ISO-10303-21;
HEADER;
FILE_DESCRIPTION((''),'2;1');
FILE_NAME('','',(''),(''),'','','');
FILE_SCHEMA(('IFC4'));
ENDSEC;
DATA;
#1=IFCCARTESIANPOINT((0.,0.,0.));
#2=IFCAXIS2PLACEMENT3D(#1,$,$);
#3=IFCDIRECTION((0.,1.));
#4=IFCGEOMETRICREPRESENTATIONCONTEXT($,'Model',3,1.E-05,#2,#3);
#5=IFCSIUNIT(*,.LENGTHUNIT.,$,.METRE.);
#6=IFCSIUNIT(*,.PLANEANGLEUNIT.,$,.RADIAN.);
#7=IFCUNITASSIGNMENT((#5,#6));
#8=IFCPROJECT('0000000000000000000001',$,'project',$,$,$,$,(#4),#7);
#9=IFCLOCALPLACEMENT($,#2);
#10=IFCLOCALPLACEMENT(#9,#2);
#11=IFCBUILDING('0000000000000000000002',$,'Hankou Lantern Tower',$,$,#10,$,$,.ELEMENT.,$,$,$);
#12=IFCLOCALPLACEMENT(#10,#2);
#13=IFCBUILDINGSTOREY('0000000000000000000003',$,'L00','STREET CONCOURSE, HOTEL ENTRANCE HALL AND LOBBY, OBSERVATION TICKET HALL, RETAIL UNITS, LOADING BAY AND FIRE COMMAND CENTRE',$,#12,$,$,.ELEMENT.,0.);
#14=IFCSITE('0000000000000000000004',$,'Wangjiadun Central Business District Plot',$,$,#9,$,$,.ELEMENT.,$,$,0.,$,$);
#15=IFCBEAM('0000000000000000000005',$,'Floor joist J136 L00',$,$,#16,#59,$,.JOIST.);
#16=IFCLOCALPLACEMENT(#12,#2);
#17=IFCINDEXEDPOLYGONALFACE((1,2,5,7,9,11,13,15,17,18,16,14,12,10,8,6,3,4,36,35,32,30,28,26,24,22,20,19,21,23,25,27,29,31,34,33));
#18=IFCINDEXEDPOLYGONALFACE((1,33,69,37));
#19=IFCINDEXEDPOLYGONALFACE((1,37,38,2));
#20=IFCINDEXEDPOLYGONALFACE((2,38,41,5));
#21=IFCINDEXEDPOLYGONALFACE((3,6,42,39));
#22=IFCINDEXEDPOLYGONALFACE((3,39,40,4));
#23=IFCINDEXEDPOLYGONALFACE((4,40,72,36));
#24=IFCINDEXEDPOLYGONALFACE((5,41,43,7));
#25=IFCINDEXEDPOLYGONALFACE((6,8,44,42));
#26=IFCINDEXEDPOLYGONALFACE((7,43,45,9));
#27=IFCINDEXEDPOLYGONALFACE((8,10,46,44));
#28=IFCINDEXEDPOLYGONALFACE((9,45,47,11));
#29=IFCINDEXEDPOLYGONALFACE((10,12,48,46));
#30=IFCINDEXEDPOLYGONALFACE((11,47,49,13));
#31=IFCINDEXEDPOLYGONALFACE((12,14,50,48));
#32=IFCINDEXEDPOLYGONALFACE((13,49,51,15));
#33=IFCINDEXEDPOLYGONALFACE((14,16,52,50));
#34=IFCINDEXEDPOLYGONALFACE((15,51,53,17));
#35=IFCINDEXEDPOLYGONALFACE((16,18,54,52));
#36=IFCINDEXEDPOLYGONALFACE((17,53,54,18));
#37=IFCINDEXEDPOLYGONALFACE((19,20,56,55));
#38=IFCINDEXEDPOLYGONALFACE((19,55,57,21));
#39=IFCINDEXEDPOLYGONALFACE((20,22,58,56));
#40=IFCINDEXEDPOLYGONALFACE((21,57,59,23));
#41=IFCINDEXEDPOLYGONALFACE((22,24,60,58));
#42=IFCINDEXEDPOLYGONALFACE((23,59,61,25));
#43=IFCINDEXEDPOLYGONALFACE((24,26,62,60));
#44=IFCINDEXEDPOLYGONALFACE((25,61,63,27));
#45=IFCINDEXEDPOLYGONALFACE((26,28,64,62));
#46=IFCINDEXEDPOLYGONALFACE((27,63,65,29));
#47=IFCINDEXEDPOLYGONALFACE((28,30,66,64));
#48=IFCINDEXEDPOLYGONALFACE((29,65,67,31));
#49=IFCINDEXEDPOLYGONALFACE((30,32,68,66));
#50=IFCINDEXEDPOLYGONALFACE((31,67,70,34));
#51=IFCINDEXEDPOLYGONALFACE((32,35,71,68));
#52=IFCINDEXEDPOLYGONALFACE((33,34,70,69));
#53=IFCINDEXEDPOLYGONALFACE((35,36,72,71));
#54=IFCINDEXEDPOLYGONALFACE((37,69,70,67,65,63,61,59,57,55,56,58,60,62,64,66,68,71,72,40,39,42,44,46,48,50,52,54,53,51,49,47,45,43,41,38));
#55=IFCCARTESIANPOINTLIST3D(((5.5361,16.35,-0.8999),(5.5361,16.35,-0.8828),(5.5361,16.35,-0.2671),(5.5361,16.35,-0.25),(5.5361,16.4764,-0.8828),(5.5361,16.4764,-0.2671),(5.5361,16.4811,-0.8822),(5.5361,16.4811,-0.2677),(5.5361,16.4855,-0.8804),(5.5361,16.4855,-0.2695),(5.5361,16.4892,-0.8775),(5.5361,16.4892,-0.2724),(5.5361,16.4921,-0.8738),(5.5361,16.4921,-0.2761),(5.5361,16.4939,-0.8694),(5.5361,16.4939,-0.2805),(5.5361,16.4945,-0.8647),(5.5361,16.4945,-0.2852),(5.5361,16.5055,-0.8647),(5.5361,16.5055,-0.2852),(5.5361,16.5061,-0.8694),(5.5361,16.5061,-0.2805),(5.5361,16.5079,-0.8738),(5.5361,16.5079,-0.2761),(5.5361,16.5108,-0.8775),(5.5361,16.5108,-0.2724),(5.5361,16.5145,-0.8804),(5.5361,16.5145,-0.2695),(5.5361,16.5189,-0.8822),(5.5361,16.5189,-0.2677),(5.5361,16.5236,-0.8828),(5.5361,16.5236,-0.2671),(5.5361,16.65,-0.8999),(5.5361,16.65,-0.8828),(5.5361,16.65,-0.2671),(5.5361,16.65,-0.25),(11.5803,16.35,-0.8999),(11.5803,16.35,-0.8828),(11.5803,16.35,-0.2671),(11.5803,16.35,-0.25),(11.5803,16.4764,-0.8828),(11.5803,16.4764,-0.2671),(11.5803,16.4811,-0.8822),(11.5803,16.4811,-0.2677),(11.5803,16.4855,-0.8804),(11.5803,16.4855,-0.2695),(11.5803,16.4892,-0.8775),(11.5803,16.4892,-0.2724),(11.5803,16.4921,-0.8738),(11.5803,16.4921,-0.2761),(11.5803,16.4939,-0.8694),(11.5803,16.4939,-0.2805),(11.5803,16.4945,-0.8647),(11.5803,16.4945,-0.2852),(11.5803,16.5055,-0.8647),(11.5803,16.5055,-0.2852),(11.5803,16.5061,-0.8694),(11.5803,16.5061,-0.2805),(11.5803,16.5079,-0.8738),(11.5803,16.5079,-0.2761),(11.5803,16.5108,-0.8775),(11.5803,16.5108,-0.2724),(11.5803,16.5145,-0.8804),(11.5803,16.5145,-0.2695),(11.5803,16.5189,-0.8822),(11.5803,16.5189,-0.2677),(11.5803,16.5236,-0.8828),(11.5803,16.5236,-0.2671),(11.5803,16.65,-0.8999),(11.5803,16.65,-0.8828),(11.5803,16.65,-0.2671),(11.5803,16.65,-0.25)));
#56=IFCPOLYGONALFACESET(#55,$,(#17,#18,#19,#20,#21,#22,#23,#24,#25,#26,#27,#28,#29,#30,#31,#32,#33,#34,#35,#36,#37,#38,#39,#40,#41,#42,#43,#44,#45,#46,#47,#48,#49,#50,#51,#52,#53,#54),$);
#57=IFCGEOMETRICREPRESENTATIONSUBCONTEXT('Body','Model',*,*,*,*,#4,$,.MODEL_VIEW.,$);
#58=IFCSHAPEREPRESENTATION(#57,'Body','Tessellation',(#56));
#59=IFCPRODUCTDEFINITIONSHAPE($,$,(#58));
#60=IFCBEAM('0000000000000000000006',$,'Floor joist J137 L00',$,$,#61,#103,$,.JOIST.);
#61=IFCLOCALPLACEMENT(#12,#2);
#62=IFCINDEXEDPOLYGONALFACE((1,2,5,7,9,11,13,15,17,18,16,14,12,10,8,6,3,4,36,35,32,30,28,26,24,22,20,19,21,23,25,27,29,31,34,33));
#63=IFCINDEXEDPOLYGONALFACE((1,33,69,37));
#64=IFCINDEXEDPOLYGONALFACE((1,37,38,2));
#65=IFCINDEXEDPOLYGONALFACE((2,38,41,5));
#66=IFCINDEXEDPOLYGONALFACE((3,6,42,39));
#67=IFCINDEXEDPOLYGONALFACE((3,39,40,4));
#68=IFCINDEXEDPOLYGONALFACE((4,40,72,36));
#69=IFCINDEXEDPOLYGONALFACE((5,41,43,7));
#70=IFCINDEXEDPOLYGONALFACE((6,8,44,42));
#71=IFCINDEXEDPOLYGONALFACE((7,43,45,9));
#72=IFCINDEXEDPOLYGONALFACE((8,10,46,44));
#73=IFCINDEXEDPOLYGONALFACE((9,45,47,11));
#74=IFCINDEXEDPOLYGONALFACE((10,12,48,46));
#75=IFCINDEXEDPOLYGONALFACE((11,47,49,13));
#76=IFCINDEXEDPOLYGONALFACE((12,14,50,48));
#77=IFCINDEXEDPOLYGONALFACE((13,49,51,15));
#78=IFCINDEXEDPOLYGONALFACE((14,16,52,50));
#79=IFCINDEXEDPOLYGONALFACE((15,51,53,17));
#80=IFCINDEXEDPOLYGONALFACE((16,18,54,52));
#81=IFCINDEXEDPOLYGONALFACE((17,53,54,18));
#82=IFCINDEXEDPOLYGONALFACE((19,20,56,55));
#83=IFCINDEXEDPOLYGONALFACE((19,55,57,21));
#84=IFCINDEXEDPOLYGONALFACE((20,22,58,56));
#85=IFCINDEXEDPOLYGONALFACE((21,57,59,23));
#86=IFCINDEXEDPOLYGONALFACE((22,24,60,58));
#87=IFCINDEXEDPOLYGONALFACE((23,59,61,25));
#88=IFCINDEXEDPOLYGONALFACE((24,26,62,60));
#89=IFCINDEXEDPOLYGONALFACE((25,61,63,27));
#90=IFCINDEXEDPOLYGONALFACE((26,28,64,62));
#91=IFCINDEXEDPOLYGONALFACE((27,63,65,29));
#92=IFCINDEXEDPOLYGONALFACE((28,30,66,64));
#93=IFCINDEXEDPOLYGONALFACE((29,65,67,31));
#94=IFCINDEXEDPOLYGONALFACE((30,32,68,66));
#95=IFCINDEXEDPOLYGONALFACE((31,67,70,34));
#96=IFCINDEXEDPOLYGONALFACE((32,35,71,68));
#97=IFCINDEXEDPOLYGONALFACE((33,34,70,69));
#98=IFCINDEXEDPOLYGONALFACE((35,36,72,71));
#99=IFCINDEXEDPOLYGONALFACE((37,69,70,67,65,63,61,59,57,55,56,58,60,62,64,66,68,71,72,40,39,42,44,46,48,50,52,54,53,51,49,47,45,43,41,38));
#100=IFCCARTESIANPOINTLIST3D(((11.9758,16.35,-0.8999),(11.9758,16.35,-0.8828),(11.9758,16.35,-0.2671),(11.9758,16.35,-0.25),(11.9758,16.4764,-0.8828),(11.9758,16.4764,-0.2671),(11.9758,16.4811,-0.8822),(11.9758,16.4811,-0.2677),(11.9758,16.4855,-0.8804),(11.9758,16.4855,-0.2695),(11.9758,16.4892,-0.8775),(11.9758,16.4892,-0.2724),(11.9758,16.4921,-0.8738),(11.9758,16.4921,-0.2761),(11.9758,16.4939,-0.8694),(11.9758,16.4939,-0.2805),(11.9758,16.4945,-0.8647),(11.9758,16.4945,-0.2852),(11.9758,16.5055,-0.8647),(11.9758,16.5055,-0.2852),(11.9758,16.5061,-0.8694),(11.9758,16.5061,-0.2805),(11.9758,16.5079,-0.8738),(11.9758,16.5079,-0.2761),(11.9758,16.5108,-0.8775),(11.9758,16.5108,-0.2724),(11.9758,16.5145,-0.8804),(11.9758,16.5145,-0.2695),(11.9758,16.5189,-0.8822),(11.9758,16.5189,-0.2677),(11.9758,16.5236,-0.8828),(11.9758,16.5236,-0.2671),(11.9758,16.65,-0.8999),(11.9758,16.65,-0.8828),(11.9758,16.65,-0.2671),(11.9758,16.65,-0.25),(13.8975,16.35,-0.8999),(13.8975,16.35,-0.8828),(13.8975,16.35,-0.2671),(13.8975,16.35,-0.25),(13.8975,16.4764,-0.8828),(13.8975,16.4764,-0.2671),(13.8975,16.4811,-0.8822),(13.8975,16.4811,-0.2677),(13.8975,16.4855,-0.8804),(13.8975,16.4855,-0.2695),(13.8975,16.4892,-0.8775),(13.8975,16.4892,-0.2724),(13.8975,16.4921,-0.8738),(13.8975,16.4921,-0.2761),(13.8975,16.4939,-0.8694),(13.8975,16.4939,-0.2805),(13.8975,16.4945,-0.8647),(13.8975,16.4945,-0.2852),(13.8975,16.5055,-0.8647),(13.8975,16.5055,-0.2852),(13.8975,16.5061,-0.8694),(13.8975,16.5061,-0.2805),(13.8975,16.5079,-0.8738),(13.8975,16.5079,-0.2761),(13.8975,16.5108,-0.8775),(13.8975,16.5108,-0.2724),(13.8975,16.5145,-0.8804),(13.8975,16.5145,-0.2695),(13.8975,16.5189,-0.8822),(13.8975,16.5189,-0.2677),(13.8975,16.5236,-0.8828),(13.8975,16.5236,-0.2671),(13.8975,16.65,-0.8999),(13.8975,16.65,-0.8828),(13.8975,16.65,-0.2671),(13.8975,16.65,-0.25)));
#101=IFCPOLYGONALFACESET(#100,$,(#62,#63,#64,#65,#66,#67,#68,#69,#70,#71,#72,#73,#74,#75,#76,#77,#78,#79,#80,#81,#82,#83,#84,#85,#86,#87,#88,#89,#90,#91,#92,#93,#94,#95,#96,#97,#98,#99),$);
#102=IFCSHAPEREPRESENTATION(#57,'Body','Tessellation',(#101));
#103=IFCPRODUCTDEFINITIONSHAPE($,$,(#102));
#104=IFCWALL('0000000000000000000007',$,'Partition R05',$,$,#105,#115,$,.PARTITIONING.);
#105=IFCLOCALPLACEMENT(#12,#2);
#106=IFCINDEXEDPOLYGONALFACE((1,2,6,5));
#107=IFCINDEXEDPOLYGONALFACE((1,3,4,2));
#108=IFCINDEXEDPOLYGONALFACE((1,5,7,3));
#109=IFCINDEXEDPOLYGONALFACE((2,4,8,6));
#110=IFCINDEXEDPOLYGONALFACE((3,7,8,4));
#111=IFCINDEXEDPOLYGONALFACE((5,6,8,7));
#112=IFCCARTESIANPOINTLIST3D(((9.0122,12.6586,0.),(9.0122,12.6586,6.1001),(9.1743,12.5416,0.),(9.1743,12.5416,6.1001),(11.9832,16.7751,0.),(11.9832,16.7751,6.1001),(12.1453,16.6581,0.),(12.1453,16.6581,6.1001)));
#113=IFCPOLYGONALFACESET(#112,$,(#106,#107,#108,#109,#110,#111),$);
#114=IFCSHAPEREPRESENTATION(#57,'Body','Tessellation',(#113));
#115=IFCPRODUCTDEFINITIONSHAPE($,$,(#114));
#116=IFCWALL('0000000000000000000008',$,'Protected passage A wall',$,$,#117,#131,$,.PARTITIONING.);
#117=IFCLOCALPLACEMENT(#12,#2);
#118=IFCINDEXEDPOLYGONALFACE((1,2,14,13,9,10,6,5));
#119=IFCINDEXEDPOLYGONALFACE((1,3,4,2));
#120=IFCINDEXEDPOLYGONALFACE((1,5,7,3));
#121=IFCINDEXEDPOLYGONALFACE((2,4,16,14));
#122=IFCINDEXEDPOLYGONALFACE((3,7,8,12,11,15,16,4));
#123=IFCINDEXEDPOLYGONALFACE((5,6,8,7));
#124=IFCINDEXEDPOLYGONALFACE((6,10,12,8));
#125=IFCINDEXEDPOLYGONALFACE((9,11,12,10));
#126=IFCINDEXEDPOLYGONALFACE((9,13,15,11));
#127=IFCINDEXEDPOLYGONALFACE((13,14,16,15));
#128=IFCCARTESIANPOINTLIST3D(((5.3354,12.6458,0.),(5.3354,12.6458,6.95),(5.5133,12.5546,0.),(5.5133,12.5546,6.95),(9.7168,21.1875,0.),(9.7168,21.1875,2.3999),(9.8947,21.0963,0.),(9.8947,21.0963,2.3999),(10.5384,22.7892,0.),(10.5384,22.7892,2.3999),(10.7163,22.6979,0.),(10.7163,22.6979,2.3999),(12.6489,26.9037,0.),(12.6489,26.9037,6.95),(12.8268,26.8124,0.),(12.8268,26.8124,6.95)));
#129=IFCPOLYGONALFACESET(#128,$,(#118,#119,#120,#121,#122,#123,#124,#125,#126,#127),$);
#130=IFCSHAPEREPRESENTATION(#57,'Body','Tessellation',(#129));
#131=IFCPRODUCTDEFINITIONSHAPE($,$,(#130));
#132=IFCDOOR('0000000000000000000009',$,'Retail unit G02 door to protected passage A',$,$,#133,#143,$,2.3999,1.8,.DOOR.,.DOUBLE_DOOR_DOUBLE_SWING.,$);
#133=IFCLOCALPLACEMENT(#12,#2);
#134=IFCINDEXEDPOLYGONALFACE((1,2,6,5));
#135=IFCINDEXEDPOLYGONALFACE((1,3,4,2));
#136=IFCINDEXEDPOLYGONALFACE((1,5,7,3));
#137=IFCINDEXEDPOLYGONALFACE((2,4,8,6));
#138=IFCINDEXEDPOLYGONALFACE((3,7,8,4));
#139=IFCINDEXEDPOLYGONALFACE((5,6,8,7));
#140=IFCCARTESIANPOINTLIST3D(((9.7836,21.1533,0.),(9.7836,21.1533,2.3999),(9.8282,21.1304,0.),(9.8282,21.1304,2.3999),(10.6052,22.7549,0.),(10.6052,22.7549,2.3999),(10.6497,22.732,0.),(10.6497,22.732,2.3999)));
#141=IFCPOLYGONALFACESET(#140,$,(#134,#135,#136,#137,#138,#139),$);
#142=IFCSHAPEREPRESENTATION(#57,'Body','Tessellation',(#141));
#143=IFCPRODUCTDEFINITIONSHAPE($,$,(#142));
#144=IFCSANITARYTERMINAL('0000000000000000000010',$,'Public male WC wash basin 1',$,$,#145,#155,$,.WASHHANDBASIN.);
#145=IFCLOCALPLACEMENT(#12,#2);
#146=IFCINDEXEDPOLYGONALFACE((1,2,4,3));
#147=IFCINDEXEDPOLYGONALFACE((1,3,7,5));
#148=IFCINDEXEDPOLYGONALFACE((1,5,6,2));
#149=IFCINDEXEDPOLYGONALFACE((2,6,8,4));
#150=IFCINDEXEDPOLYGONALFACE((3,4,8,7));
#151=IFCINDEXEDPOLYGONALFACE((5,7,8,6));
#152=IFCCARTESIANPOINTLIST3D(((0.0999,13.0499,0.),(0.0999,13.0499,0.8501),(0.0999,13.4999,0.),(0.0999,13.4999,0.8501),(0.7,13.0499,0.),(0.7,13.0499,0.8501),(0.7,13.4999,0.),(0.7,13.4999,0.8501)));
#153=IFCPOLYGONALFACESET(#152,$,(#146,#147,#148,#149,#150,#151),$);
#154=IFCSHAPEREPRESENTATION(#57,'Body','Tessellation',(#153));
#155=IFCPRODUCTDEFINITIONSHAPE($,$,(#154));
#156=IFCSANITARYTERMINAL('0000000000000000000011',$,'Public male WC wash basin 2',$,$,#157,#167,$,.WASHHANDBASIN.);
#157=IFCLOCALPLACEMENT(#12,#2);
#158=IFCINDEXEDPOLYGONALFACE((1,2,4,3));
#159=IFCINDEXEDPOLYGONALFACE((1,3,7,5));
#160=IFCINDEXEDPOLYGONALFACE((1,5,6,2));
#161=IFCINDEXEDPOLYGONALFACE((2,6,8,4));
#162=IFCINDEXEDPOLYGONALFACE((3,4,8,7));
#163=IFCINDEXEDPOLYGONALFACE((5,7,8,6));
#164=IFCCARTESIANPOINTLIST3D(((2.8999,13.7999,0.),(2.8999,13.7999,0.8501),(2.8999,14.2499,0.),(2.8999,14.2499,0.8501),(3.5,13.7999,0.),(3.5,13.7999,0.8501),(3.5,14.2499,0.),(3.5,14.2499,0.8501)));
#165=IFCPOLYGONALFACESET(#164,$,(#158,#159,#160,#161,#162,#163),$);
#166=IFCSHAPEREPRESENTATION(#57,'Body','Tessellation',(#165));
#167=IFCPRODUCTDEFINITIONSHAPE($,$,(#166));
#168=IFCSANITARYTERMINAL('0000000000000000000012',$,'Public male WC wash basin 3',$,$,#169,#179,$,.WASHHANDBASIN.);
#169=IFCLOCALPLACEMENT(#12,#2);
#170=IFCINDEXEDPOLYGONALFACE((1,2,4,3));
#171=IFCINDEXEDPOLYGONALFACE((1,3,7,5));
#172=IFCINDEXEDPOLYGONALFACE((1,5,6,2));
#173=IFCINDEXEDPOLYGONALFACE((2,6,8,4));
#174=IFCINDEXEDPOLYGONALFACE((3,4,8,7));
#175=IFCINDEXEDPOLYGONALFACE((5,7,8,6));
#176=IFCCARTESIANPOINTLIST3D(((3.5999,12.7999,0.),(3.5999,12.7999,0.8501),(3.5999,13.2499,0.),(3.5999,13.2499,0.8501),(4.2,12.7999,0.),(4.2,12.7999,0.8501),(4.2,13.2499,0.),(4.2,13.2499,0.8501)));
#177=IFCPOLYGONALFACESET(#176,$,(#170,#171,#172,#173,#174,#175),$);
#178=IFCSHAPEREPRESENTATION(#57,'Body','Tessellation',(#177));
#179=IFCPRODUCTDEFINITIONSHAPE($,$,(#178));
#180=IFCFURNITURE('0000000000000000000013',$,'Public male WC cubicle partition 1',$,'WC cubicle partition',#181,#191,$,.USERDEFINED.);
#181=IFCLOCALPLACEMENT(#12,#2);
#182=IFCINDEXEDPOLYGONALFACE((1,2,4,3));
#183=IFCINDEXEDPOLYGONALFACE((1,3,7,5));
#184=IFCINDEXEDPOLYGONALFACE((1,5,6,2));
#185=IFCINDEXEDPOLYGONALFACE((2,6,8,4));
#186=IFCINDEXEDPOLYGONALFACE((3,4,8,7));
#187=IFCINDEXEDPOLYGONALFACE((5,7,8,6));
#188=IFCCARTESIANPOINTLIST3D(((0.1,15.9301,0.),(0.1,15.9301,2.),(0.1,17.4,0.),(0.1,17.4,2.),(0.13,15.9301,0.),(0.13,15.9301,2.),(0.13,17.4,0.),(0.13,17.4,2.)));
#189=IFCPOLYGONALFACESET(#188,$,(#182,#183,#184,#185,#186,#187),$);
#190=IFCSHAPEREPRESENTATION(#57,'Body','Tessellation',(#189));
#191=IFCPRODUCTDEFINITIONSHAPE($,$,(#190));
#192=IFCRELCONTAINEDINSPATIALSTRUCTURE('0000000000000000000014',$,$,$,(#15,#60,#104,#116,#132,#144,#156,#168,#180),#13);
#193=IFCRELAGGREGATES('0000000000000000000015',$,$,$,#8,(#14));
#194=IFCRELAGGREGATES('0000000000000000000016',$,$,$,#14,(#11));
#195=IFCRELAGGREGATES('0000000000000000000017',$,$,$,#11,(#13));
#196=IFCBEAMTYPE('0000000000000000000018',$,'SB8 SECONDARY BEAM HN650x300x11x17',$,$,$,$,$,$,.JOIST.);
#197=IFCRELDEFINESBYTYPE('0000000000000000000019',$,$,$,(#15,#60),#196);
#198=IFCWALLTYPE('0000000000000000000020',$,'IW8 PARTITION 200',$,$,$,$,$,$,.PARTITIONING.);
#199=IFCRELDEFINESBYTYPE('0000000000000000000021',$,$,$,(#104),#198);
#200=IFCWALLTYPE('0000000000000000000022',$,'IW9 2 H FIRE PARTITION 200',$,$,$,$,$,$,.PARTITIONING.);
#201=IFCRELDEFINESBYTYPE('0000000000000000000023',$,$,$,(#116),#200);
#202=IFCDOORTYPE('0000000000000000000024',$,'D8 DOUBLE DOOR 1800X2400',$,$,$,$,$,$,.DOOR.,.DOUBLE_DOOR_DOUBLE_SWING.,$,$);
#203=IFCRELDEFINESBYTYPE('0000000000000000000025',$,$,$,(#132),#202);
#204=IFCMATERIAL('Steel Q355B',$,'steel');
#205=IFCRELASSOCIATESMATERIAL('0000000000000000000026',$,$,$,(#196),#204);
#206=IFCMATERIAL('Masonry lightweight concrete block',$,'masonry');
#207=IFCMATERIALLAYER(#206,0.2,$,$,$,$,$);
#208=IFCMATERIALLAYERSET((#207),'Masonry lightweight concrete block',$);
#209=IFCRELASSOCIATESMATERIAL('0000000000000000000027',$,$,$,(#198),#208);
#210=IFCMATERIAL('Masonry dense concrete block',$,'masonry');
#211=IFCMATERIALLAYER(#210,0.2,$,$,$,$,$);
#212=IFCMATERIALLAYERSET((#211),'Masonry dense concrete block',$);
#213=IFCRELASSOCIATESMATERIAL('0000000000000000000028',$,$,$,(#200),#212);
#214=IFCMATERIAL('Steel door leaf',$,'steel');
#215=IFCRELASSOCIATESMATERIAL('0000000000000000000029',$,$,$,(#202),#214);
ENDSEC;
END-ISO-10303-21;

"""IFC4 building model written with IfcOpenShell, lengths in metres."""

from ifc_helpers import new_model, si_unit, direction, frame, frame_2d, origin, origin_2d, place, context, subcontext, project, spatial, rectangle, i_section, extrude, material, layer, layer_set, material_profile, profile_set, type_object, element, fill, save


model = new_model("IFC4")

# Units and contexts
model_context = context("Model", 3, precision=1e-05, world=origin(), true_north=direction((0.0, 1.0)))
body_context = subcontext(model_context, "Body", "Model", "MODEL_VIEW")
ifc_project = project(units=[si_unit("LENGTHUNIT", "METRE"), si_unit("PLANEANGLEUNIT", "RADIAN")], contexts=[model_context])

# Site, building, storey
site_placement = place(None, origin())
site = spatial("IfcSite", under=ifc_project, at=site_placement, Name="Wangjiadun Central Business District Plot", CompositionType="ELEMENT", RefElevation=0.0)
building_placement = place(site_placement, origin())
building = spatial("IfcBuilding", under=site, at=building_placement, Name="Hankou Lantern Tower", CompositionType="ELEMENT")
storey_placement = place(building_placement, origin())
storey = spatial("IfcBuildingStorey", under=building, at=storey_placement, Name="L00", Description="STREET CONCOURSE, HOTEL ENTRANCE HALL AND LOBBY, OBSERVATION TICKET HALL, RETAIL UNITS, LOADING BAY AND FIRE COMMAND CENTRE", CompositionType="ELEMENT", Elevation=0.0)

# Beams
ifc_material_1 = material(Name="Steel Q355B", Category="steel")
ifc_material_profile = material_profile(ifc_material_1, i_section(OverallWidth=0.3, OverallDepth=0.6499, WebThickness=0.011, FlangeThickness=0.0171, FilletRadius=0.0181, at=origin_2d()), Name="HN650x300x11x17")
ifc_profile_set = profile_set([ifc_material_profile], Name="Steel Q355B")
beam_type = type_object("IfcBeamType", Name="SB8 SECONDARY BEAM HN650x300x11x17", PredefinedType="JOIST", material=ifc_profile_set)
beam_1_placement = place(storey_placement, frame((5.5361, 16.5, -0.575), z_axis=(1.0, 0.0, 0.0), x_axis=(0.0, 1.0, 0.0)))
element("IfcBeam", 1, at=beam_1_placement, inside=storey, type_object=beam_type, Name="Floor joist J136 L00", PredefinedType="JOIST", context=body_context, shape_type="SweptSolid", body=[
    extrude(i_section(OverallWidth=0.3, OverallDepth=0.6499, WebThickness=0.011, FlangeThickness=0.0171, FilletRadius=0.0181, at=origin_2d()), origin(), (0.0, 0.0, 1.0), 6.0442),
])
beam_2_placement = place(storey_placement, frame((11.9758, 16.5, -0.575), z_axis=(1.0, 0.0, 0.0), x_axis=(0.0, 1.0, 0.0)))
element("IfcBeam", 2, at=beam_2_placement, inside=storey, type_object=beam_type, Name="Floor joist J137 L00", PredefinedType="JOIST", context=body_context, shape_type="SweptSolid", body=[
    extrude(i_section(OverallWidth=0.3, OverallDepth=0.6499, WebThickness=0.011, FlangeThickness=0.0171, FilletRadius=0.0181, at=origin_2d()), origin(), (0.0, 0.0, 1.0), 1.9216),
])

# Wall
ifc_material_2 = material(Name="Masonry lightweight concrete block", Category="masonry")
ifc_layer_1 = layer(ifc_material_2, 0.2)
ifc_layer_set_1 = layer_set([ifc_layer_1], Name="Masonry lightweight concrete block")
wall_type_1 = type_object("IfcWallType", Name="IW8 PARTITION 200", PredefinedType="PARTITIONING", material=ifc_layer_set_1)
wall_1_placement = place(storey_placement, frame((9.0933, 12.6001, 0.0), z_axis=(0.0, 0.0, 1.0), x_axis=(0.585225, 0.810871, 0.0)))
element("IfcWall", 3, at=wall_1_placement, inside=storey, type_object=wall_type_1, Name="Partition R05", PredefinedType="PARTITIONING", context=body_context, shape_type="SweptSolid", body=[
    extrude(rectangle(XDim=5.0767, YDim=0.2, at=frame_2d((2.5383, 0.0))), origin(), (0.0, 0.0, 1.0), 6.1001),
])

# Wall, opening, door
ifc_material_3 = material(Name="Masonry dense concrete block", Category="masonry")
ifc_layer_2 = layer(ifc_material_3, 0.2)
ifc_layer_set_2 = layer_set([ifc_layer_2], Name="Masonry dense concrete block")
wall_type_2 = type_object("IfcWallType", Name="IW9 2 H FIRE PARTITION 200", PredefinedType="PARTITIONING", material=ifc_layer_set_2)
wall_2_placement = place(storey_placement, frame((5.4243, 12.6001, 0.0), z_axis=(0.0, 0.0, 1.0), x_axis=(0.456404, 0.889772, 0.0)))
wall_2 = element("IfcWall", 4, at=wall_2_placement, inside=storey, type_object=wall_type_2, Name="Protected passage A wall", PredefinedType="PARTITIONING", context=body_context, shape_type="SweptSolid", body=[
    extrude(rectangle(XDim=16.0242, YDim=0.2, at=frame_2d((8.0122, 0.0))), origin(), (0.0, 0.0, 1.0), 6.95),
])
opening_placement = place(wall_2_placement, frame((9.6001, 0.0, 0.0)))
opening = element("IfcOpeningElement", 5, at=opening_placement, cuts=wall_2, PredefinedType="OPENING", context=body_context, shape_type="SweptSolid", body=[
    extrude(rectangle(XDim=1.8, YDim=2.3999, at=frame_2d((0.8999, 1.2))), frame((0.0, 0.1099, 0.0), z_axis=(0.0, -1.0, 0.0), x_axis=(1.0, 0.0, 0.0)), (0.0, 0.0, 1.0), 0.22),
])
ifc_material_4 = material(Name="Steel door leaf", Category="steel")
door_type = type_object("IfcDoorType", Name="D8 DOUBLE DOOR 1800X2400", OperationType="DOUBLE_DOOR_DOUBLE_SWING", PredefinedType="DOOR", material=ifc_material_4)
door_placement = place(opening_placement, origin())
door = element("IfcDoor", 6, at=door_placement, inside=storey, type_object=door_type, Name="Retail unit G02 door to protected passage A", OperationType="DOUBLE_DOOR_DOUBLE_SWING", OverallHeight=2.3999, OverallWidth=1.8, PredefinedType="DOOR", context=body_context, shape_type="SweptSolid", body=[
    extrude(rectangle(XDim=1.8, YDim=2.3999, at=frame_2d((0.8999, 1.2))), frame((0.0, 0.0249, 0.0), z_axis=(0.0, -1.0, 0.0), x_axis=(1.0, 0.0, 0.0)), (0.0, 0.0, 1.0), 0.05),
])
fill(opening, door)

# Sanitary terminals
for number, where, z_axis, x_axis, name in (
    (7, (0.3999, 13.2749, 0.0), (0.0, 0.0, 1.0), (1.0, 0.0, 0.0), "Public male WC wash basin 1"),
    (8, (3.2, 14.0249, 0.0), (0.0, 0.0, 1.0), (1.0, 0.0, 0.0), "Public male WC wash basin 2"),
    (9, (3.8999, 13.0249, 0.0), (0.0, 0.0, 1.0), (1.0, 0.0, 0.0), "Public male WC wash basin 3"),
):
    element("IfcSanitaryTerminal", number, at=place(storey_placement, frame(where, z_axis=z_axis, x_axis=x_axis)), inside=storey, Name=name, PredefinedType="WASHHANDBASIN", context=body_context, shape_type="SweptSolid", body=[
        extrude(rectangle(XDim=0.6001, YDim=0.45, at=origin_2d()), origin(), (0.0, 0.0, 1.0), 0.8501),
    ])

# Furniture
for number, where, z_axis, x_axis, name in (
    (10, (0.115, 16.665, 0.0), (0.0, 0.0, 1.0), (1.0, 0.0, 0.0), "Public male WC cubicle partition 1"),
):
    element("IfcFurniture", number, at=place(storey_placement, frame(where, z_axis=z_axis, x_axis=x_axis)), inside=storey, Name=name, ObjectType="WC cubicle partition", PredefinedType="USERDEFINED", context=body_context, shape_type="SweptSolid", body=[
        extrude(rectangle(XDim=0.03, YDim=1.47, at=origin_2d()), origin(), (0.0, 0.0, 1.0), 2.0),
    ])

save(model, "model.ifc")
